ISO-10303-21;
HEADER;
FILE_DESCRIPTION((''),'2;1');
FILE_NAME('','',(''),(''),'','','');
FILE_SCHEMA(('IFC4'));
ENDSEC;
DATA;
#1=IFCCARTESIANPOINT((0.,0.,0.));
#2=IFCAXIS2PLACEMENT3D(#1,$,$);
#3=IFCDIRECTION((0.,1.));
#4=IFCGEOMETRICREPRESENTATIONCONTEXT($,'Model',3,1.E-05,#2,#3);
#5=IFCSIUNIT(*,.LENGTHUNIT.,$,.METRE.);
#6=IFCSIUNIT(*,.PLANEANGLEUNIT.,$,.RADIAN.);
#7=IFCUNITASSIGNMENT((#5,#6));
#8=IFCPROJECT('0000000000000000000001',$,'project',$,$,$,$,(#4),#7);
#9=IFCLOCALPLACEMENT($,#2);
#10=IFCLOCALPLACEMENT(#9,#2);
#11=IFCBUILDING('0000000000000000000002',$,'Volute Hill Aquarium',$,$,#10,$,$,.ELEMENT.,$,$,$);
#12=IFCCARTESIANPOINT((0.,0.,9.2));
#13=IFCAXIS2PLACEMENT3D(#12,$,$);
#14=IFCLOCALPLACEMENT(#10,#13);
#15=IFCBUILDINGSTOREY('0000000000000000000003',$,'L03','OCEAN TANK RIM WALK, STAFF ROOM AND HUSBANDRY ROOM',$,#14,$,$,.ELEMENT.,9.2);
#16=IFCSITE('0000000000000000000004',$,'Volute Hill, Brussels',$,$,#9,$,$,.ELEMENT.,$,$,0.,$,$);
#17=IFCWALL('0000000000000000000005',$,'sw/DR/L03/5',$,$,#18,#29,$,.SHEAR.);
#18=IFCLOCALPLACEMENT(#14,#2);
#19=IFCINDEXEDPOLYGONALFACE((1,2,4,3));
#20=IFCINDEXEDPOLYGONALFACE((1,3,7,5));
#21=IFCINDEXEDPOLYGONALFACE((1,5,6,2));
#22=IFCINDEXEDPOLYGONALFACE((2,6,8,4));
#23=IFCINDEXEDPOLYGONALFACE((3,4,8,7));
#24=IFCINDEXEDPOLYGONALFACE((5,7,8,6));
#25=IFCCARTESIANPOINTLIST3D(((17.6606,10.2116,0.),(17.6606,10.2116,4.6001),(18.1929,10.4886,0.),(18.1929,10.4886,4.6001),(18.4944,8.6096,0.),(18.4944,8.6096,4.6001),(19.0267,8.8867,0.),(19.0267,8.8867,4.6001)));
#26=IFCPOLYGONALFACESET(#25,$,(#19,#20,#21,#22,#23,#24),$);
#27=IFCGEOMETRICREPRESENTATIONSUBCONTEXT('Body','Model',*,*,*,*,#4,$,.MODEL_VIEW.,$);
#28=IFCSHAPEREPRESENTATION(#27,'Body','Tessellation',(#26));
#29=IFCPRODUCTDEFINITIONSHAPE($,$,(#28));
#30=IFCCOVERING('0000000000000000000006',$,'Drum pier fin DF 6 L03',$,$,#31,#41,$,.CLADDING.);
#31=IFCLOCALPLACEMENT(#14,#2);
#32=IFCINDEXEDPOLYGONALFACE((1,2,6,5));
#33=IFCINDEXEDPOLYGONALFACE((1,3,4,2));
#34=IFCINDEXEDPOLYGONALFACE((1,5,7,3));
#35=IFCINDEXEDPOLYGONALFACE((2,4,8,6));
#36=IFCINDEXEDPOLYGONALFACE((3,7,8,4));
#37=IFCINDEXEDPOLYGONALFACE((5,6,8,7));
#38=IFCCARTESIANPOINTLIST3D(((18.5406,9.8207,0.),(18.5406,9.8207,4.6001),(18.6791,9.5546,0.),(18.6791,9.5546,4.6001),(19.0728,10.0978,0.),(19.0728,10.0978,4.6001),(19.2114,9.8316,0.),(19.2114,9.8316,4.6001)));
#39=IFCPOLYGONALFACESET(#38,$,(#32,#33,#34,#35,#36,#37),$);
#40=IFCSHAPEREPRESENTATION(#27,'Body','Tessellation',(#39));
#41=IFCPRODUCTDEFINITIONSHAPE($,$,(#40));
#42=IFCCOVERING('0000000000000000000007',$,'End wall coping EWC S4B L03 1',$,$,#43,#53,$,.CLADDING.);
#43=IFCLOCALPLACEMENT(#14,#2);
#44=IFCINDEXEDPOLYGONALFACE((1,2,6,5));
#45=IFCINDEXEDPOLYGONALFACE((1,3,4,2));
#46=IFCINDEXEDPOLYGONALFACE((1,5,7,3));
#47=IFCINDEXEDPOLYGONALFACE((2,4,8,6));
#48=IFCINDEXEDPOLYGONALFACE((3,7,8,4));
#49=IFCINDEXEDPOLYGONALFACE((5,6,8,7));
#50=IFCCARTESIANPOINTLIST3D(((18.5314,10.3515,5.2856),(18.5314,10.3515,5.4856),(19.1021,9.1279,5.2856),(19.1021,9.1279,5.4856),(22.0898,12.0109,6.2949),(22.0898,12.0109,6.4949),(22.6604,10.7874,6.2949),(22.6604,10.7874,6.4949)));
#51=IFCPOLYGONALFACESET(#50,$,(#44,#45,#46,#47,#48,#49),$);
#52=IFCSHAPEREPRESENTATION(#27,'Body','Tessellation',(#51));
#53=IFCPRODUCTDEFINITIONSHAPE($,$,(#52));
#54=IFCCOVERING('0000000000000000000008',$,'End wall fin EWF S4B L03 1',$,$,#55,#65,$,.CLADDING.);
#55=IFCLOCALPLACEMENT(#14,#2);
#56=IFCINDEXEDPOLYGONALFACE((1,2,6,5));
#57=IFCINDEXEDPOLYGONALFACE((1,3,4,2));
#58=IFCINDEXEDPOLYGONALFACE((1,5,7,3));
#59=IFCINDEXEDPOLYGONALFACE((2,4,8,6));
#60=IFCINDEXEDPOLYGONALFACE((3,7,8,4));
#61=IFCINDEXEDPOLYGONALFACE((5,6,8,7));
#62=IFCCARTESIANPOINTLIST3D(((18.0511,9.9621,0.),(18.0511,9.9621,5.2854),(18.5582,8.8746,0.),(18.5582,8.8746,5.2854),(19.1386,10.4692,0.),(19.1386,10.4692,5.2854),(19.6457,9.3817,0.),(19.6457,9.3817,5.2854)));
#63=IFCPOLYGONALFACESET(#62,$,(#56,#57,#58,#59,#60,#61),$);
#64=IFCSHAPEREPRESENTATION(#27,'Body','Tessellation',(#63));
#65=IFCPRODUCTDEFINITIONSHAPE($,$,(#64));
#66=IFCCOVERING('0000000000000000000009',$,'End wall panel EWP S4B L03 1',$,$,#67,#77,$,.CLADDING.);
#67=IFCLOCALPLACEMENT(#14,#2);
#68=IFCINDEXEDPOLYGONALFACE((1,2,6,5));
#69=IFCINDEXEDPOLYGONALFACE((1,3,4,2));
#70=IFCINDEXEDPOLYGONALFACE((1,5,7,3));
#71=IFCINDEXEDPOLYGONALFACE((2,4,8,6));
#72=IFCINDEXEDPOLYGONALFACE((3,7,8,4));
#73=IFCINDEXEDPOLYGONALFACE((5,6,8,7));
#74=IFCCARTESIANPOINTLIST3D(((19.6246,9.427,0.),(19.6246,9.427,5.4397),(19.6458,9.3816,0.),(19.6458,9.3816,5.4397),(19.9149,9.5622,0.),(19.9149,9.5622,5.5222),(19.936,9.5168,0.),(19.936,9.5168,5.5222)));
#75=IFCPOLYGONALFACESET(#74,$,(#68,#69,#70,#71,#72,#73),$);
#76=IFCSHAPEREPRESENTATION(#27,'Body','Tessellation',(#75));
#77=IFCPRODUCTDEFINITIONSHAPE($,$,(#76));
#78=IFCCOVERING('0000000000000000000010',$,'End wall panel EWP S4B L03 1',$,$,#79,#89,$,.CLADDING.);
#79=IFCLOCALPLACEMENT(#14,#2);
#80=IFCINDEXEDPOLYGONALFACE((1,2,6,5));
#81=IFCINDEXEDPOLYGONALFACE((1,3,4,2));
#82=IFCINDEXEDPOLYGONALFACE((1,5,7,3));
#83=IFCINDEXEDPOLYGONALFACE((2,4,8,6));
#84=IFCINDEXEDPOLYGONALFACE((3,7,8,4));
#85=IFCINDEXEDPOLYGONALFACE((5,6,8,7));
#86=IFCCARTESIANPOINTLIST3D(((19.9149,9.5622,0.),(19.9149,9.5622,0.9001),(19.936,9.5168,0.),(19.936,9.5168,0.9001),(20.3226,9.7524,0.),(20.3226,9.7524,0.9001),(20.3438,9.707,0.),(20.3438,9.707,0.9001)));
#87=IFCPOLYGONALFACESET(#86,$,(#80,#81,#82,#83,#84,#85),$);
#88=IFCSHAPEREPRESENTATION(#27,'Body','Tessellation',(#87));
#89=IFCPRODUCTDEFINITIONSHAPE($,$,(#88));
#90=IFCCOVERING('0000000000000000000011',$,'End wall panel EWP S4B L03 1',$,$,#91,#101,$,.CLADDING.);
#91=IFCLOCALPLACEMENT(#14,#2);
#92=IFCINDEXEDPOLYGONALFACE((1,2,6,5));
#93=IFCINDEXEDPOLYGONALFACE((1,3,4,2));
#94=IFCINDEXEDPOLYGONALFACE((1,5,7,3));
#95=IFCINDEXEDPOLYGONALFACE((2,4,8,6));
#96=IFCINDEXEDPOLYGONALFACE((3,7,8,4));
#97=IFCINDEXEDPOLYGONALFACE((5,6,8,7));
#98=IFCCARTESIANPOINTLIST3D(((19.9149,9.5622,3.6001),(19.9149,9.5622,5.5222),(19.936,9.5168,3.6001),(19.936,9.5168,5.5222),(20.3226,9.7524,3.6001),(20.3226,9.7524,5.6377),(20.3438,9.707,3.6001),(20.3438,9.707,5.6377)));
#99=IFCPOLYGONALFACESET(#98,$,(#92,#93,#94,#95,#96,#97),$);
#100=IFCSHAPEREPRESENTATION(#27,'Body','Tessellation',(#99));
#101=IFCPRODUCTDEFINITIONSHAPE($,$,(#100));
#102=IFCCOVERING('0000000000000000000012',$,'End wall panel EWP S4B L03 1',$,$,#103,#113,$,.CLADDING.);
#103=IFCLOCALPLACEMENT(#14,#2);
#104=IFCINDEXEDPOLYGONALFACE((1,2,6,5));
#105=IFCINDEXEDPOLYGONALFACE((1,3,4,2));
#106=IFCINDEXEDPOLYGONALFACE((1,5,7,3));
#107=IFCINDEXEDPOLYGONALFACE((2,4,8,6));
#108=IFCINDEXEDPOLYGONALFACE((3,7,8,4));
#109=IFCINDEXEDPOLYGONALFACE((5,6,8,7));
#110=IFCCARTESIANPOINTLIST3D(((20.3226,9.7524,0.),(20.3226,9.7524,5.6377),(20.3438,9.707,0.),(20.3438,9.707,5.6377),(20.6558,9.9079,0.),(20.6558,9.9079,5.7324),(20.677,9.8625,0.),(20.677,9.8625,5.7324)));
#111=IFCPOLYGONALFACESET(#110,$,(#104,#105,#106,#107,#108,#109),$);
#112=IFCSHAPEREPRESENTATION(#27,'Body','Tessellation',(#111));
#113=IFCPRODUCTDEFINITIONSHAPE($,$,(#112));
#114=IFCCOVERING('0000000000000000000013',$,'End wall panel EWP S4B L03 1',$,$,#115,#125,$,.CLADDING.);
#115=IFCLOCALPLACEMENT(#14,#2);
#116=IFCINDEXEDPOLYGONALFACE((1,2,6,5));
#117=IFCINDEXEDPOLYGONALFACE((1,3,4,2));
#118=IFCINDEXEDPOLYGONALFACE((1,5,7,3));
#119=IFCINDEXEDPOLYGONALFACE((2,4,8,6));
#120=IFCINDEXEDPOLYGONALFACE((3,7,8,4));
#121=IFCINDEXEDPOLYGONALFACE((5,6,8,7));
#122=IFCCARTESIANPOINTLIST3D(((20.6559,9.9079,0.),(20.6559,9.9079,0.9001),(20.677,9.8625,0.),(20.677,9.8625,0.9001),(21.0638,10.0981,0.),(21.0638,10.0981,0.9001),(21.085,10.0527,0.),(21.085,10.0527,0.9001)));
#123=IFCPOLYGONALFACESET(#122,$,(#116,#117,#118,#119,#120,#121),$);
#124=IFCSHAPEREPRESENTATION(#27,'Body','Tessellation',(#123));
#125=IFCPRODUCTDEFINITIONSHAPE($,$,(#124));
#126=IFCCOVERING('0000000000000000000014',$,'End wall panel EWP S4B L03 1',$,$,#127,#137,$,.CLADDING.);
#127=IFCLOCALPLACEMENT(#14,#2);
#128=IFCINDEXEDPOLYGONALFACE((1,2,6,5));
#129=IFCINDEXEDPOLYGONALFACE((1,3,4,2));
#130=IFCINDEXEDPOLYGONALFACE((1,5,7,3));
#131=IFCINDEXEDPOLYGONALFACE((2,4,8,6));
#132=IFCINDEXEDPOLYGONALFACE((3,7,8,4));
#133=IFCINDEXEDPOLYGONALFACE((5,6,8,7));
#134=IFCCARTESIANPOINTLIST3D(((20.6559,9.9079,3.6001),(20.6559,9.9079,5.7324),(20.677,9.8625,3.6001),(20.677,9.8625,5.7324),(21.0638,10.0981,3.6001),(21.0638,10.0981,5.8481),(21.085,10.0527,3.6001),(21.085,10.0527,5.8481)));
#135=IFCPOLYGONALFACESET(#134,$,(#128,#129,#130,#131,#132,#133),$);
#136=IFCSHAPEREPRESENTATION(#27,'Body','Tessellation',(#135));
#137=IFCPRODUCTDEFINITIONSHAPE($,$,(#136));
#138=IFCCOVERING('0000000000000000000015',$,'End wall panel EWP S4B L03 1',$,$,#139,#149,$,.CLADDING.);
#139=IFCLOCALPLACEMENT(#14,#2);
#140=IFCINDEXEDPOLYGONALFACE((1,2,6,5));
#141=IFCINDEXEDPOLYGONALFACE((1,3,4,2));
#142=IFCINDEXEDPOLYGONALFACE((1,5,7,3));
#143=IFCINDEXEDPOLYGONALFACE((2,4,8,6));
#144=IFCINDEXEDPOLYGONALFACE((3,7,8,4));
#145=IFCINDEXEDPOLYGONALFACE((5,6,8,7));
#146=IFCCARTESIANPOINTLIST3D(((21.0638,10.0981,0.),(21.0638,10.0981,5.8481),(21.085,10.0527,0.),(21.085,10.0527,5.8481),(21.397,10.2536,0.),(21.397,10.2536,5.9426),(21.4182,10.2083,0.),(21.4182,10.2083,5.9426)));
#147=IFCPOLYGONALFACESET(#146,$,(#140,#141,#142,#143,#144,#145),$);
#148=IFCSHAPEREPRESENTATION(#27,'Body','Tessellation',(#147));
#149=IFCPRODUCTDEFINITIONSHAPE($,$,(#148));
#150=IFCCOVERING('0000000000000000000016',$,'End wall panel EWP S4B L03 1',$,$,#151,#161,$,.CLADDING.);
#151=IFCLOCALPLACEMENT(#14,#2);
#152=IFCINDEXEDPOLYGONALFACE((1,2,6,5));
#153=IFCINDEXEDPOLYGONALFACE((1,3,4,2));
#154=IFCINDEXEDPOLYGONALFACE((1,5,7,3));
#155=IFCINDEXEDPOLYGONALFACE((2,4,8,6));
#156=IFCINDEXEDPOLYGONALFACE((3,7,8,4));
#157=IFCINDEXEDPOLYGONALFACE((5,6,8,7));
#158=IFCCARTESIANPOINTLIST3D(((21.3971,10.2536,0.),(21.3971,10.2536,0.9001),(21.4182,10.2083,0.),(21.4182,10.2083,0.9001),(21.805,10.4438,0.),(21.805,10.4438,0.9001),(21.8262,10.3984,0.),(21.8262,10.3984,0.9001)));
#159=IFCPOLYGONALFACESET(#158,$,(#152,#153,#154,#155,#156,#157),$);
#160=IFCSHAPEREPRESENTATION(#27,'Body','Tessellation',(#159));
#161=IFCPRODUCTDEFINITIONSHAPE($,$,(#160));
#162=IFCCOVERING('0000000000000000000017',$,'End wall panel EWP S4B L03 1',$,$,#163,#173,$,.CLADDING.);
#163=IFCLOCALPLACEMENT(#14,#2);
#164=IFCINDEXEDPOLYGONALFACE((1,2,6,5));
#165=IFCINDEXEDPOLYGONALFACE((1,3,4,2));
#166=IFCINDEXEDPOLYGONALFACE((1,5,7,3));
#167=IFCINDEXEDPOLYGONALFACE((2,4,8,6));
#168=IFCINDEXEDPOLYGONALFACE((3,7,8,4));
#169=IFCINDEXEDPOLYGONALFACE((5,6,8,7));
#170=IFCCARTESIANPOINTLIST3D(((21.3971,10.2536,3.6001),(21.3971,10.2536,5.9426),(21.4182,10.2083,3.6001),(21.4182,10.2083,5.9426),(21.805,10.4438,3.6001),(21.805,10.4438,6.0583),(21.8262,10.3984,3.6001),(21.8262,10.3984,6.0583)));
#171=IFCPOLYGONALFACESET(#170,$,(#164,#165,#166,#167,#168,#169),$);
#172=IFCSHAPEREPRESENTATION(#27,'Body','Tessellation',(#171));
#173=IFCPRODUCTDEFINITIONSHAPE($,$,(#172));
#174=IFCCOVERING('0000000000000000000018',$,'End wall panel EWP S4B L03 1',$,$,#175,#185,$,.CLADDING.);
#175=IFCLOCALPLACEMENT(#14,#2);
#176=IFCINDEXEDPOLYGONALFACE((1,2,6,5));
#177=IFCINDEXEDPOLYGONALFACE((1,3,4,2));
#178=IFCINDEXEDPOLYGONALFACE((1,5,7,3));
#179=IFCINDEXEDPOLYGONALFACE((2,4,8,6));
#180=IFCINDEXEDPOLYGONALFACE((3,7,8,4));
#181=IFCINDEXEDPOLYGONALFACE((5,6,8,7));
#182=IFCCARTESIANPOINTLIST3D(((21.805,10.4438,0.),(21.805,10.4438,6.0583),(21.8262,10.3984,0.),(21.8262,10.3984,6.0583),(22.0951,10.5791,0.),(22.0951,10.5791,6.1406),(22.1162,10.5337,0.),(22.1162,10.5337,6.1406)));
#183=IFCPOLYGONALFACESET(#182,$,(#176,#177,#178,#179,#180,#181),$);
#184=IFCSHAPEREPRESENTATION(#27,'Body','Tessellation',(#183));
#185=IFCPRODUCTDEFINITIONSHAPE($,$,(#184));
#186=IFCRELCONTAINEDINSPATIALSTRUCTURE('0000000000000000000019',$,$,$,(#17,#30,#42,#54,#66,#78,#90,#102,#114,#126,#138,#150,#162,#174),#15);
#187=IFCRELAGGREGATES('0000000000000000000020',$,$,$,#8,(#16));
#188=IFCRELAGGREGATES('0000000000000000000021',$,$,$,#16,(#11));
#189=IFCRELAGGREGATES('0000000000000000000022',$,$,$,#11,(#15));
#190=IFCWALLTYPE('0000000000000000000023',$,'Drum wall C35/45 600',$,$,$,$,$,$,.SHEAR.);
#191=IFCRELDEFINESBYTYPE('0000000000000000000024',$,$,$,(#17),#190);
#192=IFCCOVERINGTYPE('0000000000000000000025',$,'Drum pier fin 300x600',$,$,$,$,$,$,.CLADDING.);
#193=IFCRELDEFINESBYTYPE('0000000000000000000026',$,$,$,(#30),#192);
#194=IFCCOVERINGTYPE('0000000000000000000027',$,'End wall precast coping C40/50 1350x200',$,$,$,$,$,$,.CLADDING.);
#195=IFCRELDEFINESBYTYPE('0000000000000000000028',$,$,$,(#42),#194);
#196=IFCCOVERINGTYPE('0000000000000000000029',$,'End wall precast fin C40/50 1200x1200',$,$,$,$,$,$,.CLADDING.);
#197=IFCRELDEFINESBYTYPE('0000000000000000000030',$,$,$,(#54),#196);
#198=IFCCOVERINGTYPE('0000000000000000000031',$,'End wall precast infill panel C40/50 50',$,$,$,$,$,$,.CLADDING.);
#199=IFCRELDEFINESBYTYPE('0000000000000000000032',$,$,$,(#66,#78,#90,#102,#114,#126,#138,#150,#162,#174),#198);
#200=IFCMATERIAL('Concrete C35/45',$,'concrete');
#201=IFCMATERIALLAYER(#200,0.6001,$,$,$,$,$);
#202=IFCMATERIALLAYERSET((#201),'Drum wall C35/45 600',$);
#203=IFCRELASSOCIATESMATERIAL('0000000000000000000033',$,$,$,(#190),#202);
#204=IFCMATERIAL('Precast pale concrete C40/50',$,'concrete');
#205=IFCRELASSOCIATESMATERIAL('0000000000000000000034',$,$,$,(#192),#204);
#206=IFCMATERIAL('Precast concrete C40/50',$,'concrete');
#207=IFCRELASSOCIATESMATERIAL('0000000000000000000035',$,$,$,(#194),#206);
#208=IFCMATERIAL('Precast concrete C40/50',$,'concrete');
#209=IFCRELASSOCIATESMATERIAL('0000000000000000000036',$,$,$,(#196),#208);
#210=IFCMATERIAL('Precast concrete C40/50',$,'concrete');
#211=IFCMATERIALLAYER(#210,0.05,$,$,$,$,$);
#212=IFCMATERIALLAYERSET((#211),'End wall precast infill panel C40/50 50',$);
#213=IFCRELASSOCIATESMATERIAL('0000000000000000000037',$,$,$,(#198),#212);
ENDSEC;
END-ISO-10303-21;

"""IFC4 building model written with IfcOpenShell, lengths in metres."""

from ifc_helpers import new_model, si_unit, direction, frame, frame_2d, origin, origin_2d, place, context, subcontext, project, spatial, polyline, rectangle, outline, extrude, material, layer, layer_set, type_object, element, save


model = new_model("IFC4")

# Units and contexts
model_context = context("Model", 3, precision=1e-05, world=origin(), true_north=direction((0.0, 1.0)))
body_context = subcontext(model_context, "Body", "Model", "MODEL_VIEW")
ifc_project = project(units=[si_unit("LENGTHUNIT", "METRE"), si_unit("PLANEANGLEUNIT", "RADIAN")], contexts=[model_context])

# Site, building, storey
site_placement = place(None, origin())
site = spatial("IfcSite", under=ifc_project, at=site_placement, Name="Volute Hill, Brussels", CompositionType="ELEMENT", RefElevation=0.0)
building_placement = place(site_placement, origin())
building = spatial("IfcBuilding", under=site, at=building_placement, Name="Volute Hill Aquarium", CompositionType="ELEMENT")
storey_placement = place(building_placement, frame((0.0, 0.0, 9.2)))
storey = spatial("IfcBuildingStorey", under=building, at=storey_placement, Name="L03", Description="OCEAN TANK RIM WALK, STAFF ROOM AND HUSBANDRY ROOM", CompositionType="ELEMENT", Elevation=9.2)

# Wall
ifc_material_1 = material(Name="Concrete C35/45", Category="concrete")
ifc_layer_1 = layer(ifc_material_1, 0.6001)
ifc_layer_set_1 = layer_set([ifc_layer_1], Name="Drum wall C35/45 600")
wall_type_1 = type_object("IfcWallType", Name="Drum wall C35/45 600", PredefinedType="SHEAR", material=ifc_layer_set_1)
wall_1_placement = place(storey_placement, frame((18.7605, 8.7483, 0.0), z_axis=(0.0, 0.0, 1.0), x_axis=(-0.461702, 0.887035, 0.0)))
element("IfcWall", 1, at=wall_1_placement, inside=storey, type_object=wall_type_1, Name="sw/DR/L03/5", PredefinedType="SHEAR", context=body_context, shape_type="SweptSolid", body=[
    extrude(rectangle(XDim=1.8059, YDim=0.6001, at=frame_2d((0.9028, 0.0))), origin(), (0.0, 0.0, 1.0), 4.6001),
])

# Coverings
ifc_material_2 = material(Name="Precast pale concrete C40/50", Category="concrete")
covering_type_1 = type_object("IfcCoveringType", Name="Drum pier fin 300x600", PredefinedType="CLADDING", material=ifc_material_2)
covering_1_placement = place(storey_placement, frame((18.876, 9.8262, 0.0), z_axis=(0.0, 0.0, 1.0), x_axis=(-0.461749, 0.887011, 0.0)))
element("IfcCovering", 2, at=covering_1_placement, inside=storey, type_object=covering_type_1, Name="Drum pier fin DF 6 L03", PredefinedType="CLADDING", context=body_context, shape_type="SweptSolid", body=[
    extrude(rectangle(XDim=0.3, YDim=0.6001, at=origin_2d()), origin(), (0.0, 0.0, 1.0), 4.6001),
])
ifc_material_3 = material(Name="Precast concrete C40/50", Category="concrete")
covering_type_2 = type_object("IfcCoveringType", Name="End wall precast coping C40/50 1350x200", PredefinedType="CLADDING", material=ifc_material_3)
covering_2_placement = place(storey_placement, frame((19.1021, 9.1279, 5.2856), z_axis=(0.422647, -0.906294, 0.0), x_axis=(0.877758, 0.409339, 0.248964)))
element("IfcCovering", 3, at=covering_2_placement, inside=storey, type_object=covering_type_2, Name="End wall coping EWC S4B L03 1", PredefinedType="CLADDING", context=body_context, shape_type="SweptSolid", body=[
    extrude(outline(polyline([(0.0, 0.0), (4.0539, 0.0), (4.1037, 0.1937), (0.0498, 0.1937), (0.0, 0.0)])), origin(), (0.0, 0.0, -1.0), 1.3501),
])
ifc_material_4 = material(Name="Precast concrete C40/50", Category="concrete")
covering_type_3 = type_object("IfcCoveringType", Name="End wall precast fin C40/50 1200x1200", PredefinedType="CLADDING", material=ifc_material_4)
covering_3_placement = place(storey_placement, frame((18.8484, 9.6719, 0.0), z_axis=(0.0, 0.0, 1.0), x_axis=(0.906307, 0.42262, 0.0)))
element("IfcCovering", 4, at=covering_3_placement, inside=storey, type_object=covering_type_3, Name="End wall fin EWF S4B L03 1", PredefinedType="CLADDING", context=body_context, shape_type="SweptSolid", body=[
    extrude(rectangle(XDim=1.2, YDim=1.2, at=origin_2d()), origin(), (0.0, 0.0, 1.0), 5.2854),
])
ifc_material_5 = material(Name="Precast concrete C40/50", Category="concrete")
ifc_layer_2 = layer(ifc_material_5, 0.05)
ifc_layer_set_2 = layer_set([ifc_layer_2], Name="End wall precast infill panel C40/50 50")
covering_type_4 = type_object("IfcCoveringType", Name="End wall precast infill panel C40/50 50", PredefinedType="CLADDING", material=ifc_layer_set_2)
covering_4_placement = place(storey_placement, frame((19.6458, 9.3816, 0.0), z_axis=(0.422343, -0.906436, 0.0), x_axis=(0.906436, 0.422343, 0.0)))
element("IfcCovering", 5, at=covering_4_placement, inside=storey, type_object=covering_type_4, Name="End wall panel EWP S4B L03 1", PredefinedType="CLADDING", context=body_context, shape_type="SweptSolid", body=[
    extrude(outline(polyline([(0.0, 0.0), (0.3202, 0.0), (0.3202, 5.5222), (0.0, 5.4397), (0.0, 0.0)])), origin(), (0.0, 0.0, -1.0), 0.05),
])
covering_5_placement = place(storey_placement, frame((19.936, 9.5168, 0.0), z_axis=(0.422737, -0.906252, 0.0), x_axis=(0.906252, 0.422737, 0.0)))
element("IfcCovering", 6, at=covering_5_placement, inside=storey, type_object=covering_type_4, Name="End wall panel EWP S4B L03 1", PredefinedType="CLADDING", context=body_context, shape_type="SweptSolid", body=[
    extrude(outline(polyline([(0.0, 0.0), (0.4499, 0.0), (0.4499, 0.9001), (0.0, 0.9001), (0.0, 0.0)])), origin(), (0.0, 0.0, -1.0), 0.05),
])
covering_6_placement = place(storey_placement, frame((19.936, 9.5168, 3.6001), z_axis=(0.422737, -0.906252, 0.0), x_axis=(0.906252, 0.422737, 0.0)))
element("IfcCovering", 7, at=covering_6_placement, inside=storey, type_object=covering_type_4, Name="End wall panel EWP S4B L03 1", PredefinedType="CLADDING", context=body_context, shape_type="SweptSolid", body=[
    extrude(outline(polyline([(0.0, 0.0), (0.4499, 0.0), (0.4499, 2.0376), (0.0, 1.9221), (0.0, 0.0)])), origin(), (0.0, 0.0, -1.0), 0.05),
])
covering_7_placement = place(storey_placement, frame((20.3438, 9.707, 0.0), z_axis=(0.422885, -0.906183, 0.0), x_axis=(0.906183, 0.422885, 0.0)))
element("IfcCovering", 8, at=covering_7_placement, inside=storey, type_object=covering_type_4, Name="End wall panel EWP S4B L03 1", PredefinedType="CLADDING", context=body_context, shape_type="SweptSolid", body=[
    extrude(outline(polyline([(0.0, 0.0), (0.3678, 0.0), (0.3678, 5.7324), (0.0, 5.6377), (0.0, 0.0)])), origin(), (0.0, 0.0, -1.0), 0.05),
])
covering_8_placement = place(storey_placement, frame((20.677, 9.8625, 0.0), z_axis=(0.422529, -0.906349, 0.0), x_axis=(0.906349, 0.422529, 0.0)))
element("IfcCovering", 9, at=covering_8_placement, inside=storey, type_object=covering_type_4, Name="End wall panel EWP S4B L03 1", PredefinedType="CLADDING", context=body_context, shape_type="SweptSolid", body=[
    extrude(outline(polyline([(0.0, 0.0), (0.4501, 0.0), (0.4501, 0.9001), (0.0, 0.9001), (0.0, 0.0)])), origin(), (0.0, 0.0, -1.0), 0.05),
])
covering_9_placement = place(storey_placement, frame((20.677, 9.8625, 3.6001), z_axis=(0.422529, -0.906349, 0.0), x_axis=(0.906349, 0.422529, 0.0)))
element("IfcCovering", 10, at=covering_9_placement, inside=storey, type_object=covering_type_4, Name="End wall panel EWP S4B L03 1", PredefinedType="CLADDING", context=body_context, shape_type="SweptSolid", body=[
    extrude(outline(polyline([(0.0, 0.0), (0.4501, 0.0), (0.4501, 2.248), (0.0, 2.1323), (0.0, 0.0)])), origin(), (0.0, 0.0, -1.0), 0.05),
])
covering_10_placement = place(storey_placement, frame((21.085, 10.0527, 0.0), z_axis=(0.422885, -0.906183, 0.0), x_axis=(0.906183, 0.422885, 0.0)))
element("IfcCovering", 11, at=covering_10_placement, inside=storey, type_object=covering_type_4, Name="End wall panel EWP S4B L03 1", PredefinedType="CLADDING", context=body_context, shape_type="SweptSolid", body=[
    extrude(outline(polyline([(0.0, 0.0), (0.3678, 0.0), (0.3678, 5.9426), (0.0, 5.8481), (0.0, 0.0)])), origin(), (0.0, 0.0, -1.0), 0.05),
])
covering_11_placement = place(storey_placement, frame((21.4182, 10.2083, 0.0), z_axis=(0.422529, -0.906349, 0.0), x_axis=(0.906349, 0.422529, 0.0)))
element("IfcCovering", 12, at=covering_11_placement, inside=storey, type_object=covering_type_4, Name="End wall panel EWP S4B L03 1", PredefinedType="CLADDING", context=body_context, shape_type="SweptSolid", body=[
    extrude(outline(polyline([(0.0, 0.0), (0.4501, 0.0), (0.4501, 0.9001), (0.0, 0.9001), (0.0, 0.0)])), origin(), (0.0, 0.0, -1.0), 0.05),
])
covering_12_placement = place(storey_placement, frame((21.4182, 10.2083, 3.6001), z_axis=(0.422529, -0.906349, 0.0), x_axis=(0.906349, 0.422529, 0.0)))
element("IfcCovering", 13, at=covering_12_placement, inside=storey, type_object=covering_type_4, Name="End wall panel EWP S4B L03 1", PredefinedType="CLADDING", context=body_context, shape_type="SweptSolid", body=[
    extrude(outline(polyline([(0.0, 0.0), (0.4501, 0.0), (0.4501, 2.4583), (0.0, 2.3425), (0.0, 0.0)])), origin(), (0.0, 0.0, -1.0), 0.05),
])
covering_13_placement = place(storey_placement, frame((21.8262, 10.3984, 0.0), z_axis=(0.422635, -0.9063, 0.0), x_axis=(0.9063, 0.422635, 0.0)))
element("IfcCovering", 14, at=covering_13_placement, inside=storey, type_object=covering_type_4, Name="End wall panel EWP S4B L03 1", PredefinedType="CLADDING", context=body_context, shape_type="SweptSolid", body=[
    extrude(outline(polyline([(0.0, 0.0), (0.32, 0.0), (0.32, 6.1406), (0.0, 6.0583), (0.0, 0.0)])), origin(), (0.0, 0.0, -1.0), 0.05),
])

save(model, "model.ifc")
